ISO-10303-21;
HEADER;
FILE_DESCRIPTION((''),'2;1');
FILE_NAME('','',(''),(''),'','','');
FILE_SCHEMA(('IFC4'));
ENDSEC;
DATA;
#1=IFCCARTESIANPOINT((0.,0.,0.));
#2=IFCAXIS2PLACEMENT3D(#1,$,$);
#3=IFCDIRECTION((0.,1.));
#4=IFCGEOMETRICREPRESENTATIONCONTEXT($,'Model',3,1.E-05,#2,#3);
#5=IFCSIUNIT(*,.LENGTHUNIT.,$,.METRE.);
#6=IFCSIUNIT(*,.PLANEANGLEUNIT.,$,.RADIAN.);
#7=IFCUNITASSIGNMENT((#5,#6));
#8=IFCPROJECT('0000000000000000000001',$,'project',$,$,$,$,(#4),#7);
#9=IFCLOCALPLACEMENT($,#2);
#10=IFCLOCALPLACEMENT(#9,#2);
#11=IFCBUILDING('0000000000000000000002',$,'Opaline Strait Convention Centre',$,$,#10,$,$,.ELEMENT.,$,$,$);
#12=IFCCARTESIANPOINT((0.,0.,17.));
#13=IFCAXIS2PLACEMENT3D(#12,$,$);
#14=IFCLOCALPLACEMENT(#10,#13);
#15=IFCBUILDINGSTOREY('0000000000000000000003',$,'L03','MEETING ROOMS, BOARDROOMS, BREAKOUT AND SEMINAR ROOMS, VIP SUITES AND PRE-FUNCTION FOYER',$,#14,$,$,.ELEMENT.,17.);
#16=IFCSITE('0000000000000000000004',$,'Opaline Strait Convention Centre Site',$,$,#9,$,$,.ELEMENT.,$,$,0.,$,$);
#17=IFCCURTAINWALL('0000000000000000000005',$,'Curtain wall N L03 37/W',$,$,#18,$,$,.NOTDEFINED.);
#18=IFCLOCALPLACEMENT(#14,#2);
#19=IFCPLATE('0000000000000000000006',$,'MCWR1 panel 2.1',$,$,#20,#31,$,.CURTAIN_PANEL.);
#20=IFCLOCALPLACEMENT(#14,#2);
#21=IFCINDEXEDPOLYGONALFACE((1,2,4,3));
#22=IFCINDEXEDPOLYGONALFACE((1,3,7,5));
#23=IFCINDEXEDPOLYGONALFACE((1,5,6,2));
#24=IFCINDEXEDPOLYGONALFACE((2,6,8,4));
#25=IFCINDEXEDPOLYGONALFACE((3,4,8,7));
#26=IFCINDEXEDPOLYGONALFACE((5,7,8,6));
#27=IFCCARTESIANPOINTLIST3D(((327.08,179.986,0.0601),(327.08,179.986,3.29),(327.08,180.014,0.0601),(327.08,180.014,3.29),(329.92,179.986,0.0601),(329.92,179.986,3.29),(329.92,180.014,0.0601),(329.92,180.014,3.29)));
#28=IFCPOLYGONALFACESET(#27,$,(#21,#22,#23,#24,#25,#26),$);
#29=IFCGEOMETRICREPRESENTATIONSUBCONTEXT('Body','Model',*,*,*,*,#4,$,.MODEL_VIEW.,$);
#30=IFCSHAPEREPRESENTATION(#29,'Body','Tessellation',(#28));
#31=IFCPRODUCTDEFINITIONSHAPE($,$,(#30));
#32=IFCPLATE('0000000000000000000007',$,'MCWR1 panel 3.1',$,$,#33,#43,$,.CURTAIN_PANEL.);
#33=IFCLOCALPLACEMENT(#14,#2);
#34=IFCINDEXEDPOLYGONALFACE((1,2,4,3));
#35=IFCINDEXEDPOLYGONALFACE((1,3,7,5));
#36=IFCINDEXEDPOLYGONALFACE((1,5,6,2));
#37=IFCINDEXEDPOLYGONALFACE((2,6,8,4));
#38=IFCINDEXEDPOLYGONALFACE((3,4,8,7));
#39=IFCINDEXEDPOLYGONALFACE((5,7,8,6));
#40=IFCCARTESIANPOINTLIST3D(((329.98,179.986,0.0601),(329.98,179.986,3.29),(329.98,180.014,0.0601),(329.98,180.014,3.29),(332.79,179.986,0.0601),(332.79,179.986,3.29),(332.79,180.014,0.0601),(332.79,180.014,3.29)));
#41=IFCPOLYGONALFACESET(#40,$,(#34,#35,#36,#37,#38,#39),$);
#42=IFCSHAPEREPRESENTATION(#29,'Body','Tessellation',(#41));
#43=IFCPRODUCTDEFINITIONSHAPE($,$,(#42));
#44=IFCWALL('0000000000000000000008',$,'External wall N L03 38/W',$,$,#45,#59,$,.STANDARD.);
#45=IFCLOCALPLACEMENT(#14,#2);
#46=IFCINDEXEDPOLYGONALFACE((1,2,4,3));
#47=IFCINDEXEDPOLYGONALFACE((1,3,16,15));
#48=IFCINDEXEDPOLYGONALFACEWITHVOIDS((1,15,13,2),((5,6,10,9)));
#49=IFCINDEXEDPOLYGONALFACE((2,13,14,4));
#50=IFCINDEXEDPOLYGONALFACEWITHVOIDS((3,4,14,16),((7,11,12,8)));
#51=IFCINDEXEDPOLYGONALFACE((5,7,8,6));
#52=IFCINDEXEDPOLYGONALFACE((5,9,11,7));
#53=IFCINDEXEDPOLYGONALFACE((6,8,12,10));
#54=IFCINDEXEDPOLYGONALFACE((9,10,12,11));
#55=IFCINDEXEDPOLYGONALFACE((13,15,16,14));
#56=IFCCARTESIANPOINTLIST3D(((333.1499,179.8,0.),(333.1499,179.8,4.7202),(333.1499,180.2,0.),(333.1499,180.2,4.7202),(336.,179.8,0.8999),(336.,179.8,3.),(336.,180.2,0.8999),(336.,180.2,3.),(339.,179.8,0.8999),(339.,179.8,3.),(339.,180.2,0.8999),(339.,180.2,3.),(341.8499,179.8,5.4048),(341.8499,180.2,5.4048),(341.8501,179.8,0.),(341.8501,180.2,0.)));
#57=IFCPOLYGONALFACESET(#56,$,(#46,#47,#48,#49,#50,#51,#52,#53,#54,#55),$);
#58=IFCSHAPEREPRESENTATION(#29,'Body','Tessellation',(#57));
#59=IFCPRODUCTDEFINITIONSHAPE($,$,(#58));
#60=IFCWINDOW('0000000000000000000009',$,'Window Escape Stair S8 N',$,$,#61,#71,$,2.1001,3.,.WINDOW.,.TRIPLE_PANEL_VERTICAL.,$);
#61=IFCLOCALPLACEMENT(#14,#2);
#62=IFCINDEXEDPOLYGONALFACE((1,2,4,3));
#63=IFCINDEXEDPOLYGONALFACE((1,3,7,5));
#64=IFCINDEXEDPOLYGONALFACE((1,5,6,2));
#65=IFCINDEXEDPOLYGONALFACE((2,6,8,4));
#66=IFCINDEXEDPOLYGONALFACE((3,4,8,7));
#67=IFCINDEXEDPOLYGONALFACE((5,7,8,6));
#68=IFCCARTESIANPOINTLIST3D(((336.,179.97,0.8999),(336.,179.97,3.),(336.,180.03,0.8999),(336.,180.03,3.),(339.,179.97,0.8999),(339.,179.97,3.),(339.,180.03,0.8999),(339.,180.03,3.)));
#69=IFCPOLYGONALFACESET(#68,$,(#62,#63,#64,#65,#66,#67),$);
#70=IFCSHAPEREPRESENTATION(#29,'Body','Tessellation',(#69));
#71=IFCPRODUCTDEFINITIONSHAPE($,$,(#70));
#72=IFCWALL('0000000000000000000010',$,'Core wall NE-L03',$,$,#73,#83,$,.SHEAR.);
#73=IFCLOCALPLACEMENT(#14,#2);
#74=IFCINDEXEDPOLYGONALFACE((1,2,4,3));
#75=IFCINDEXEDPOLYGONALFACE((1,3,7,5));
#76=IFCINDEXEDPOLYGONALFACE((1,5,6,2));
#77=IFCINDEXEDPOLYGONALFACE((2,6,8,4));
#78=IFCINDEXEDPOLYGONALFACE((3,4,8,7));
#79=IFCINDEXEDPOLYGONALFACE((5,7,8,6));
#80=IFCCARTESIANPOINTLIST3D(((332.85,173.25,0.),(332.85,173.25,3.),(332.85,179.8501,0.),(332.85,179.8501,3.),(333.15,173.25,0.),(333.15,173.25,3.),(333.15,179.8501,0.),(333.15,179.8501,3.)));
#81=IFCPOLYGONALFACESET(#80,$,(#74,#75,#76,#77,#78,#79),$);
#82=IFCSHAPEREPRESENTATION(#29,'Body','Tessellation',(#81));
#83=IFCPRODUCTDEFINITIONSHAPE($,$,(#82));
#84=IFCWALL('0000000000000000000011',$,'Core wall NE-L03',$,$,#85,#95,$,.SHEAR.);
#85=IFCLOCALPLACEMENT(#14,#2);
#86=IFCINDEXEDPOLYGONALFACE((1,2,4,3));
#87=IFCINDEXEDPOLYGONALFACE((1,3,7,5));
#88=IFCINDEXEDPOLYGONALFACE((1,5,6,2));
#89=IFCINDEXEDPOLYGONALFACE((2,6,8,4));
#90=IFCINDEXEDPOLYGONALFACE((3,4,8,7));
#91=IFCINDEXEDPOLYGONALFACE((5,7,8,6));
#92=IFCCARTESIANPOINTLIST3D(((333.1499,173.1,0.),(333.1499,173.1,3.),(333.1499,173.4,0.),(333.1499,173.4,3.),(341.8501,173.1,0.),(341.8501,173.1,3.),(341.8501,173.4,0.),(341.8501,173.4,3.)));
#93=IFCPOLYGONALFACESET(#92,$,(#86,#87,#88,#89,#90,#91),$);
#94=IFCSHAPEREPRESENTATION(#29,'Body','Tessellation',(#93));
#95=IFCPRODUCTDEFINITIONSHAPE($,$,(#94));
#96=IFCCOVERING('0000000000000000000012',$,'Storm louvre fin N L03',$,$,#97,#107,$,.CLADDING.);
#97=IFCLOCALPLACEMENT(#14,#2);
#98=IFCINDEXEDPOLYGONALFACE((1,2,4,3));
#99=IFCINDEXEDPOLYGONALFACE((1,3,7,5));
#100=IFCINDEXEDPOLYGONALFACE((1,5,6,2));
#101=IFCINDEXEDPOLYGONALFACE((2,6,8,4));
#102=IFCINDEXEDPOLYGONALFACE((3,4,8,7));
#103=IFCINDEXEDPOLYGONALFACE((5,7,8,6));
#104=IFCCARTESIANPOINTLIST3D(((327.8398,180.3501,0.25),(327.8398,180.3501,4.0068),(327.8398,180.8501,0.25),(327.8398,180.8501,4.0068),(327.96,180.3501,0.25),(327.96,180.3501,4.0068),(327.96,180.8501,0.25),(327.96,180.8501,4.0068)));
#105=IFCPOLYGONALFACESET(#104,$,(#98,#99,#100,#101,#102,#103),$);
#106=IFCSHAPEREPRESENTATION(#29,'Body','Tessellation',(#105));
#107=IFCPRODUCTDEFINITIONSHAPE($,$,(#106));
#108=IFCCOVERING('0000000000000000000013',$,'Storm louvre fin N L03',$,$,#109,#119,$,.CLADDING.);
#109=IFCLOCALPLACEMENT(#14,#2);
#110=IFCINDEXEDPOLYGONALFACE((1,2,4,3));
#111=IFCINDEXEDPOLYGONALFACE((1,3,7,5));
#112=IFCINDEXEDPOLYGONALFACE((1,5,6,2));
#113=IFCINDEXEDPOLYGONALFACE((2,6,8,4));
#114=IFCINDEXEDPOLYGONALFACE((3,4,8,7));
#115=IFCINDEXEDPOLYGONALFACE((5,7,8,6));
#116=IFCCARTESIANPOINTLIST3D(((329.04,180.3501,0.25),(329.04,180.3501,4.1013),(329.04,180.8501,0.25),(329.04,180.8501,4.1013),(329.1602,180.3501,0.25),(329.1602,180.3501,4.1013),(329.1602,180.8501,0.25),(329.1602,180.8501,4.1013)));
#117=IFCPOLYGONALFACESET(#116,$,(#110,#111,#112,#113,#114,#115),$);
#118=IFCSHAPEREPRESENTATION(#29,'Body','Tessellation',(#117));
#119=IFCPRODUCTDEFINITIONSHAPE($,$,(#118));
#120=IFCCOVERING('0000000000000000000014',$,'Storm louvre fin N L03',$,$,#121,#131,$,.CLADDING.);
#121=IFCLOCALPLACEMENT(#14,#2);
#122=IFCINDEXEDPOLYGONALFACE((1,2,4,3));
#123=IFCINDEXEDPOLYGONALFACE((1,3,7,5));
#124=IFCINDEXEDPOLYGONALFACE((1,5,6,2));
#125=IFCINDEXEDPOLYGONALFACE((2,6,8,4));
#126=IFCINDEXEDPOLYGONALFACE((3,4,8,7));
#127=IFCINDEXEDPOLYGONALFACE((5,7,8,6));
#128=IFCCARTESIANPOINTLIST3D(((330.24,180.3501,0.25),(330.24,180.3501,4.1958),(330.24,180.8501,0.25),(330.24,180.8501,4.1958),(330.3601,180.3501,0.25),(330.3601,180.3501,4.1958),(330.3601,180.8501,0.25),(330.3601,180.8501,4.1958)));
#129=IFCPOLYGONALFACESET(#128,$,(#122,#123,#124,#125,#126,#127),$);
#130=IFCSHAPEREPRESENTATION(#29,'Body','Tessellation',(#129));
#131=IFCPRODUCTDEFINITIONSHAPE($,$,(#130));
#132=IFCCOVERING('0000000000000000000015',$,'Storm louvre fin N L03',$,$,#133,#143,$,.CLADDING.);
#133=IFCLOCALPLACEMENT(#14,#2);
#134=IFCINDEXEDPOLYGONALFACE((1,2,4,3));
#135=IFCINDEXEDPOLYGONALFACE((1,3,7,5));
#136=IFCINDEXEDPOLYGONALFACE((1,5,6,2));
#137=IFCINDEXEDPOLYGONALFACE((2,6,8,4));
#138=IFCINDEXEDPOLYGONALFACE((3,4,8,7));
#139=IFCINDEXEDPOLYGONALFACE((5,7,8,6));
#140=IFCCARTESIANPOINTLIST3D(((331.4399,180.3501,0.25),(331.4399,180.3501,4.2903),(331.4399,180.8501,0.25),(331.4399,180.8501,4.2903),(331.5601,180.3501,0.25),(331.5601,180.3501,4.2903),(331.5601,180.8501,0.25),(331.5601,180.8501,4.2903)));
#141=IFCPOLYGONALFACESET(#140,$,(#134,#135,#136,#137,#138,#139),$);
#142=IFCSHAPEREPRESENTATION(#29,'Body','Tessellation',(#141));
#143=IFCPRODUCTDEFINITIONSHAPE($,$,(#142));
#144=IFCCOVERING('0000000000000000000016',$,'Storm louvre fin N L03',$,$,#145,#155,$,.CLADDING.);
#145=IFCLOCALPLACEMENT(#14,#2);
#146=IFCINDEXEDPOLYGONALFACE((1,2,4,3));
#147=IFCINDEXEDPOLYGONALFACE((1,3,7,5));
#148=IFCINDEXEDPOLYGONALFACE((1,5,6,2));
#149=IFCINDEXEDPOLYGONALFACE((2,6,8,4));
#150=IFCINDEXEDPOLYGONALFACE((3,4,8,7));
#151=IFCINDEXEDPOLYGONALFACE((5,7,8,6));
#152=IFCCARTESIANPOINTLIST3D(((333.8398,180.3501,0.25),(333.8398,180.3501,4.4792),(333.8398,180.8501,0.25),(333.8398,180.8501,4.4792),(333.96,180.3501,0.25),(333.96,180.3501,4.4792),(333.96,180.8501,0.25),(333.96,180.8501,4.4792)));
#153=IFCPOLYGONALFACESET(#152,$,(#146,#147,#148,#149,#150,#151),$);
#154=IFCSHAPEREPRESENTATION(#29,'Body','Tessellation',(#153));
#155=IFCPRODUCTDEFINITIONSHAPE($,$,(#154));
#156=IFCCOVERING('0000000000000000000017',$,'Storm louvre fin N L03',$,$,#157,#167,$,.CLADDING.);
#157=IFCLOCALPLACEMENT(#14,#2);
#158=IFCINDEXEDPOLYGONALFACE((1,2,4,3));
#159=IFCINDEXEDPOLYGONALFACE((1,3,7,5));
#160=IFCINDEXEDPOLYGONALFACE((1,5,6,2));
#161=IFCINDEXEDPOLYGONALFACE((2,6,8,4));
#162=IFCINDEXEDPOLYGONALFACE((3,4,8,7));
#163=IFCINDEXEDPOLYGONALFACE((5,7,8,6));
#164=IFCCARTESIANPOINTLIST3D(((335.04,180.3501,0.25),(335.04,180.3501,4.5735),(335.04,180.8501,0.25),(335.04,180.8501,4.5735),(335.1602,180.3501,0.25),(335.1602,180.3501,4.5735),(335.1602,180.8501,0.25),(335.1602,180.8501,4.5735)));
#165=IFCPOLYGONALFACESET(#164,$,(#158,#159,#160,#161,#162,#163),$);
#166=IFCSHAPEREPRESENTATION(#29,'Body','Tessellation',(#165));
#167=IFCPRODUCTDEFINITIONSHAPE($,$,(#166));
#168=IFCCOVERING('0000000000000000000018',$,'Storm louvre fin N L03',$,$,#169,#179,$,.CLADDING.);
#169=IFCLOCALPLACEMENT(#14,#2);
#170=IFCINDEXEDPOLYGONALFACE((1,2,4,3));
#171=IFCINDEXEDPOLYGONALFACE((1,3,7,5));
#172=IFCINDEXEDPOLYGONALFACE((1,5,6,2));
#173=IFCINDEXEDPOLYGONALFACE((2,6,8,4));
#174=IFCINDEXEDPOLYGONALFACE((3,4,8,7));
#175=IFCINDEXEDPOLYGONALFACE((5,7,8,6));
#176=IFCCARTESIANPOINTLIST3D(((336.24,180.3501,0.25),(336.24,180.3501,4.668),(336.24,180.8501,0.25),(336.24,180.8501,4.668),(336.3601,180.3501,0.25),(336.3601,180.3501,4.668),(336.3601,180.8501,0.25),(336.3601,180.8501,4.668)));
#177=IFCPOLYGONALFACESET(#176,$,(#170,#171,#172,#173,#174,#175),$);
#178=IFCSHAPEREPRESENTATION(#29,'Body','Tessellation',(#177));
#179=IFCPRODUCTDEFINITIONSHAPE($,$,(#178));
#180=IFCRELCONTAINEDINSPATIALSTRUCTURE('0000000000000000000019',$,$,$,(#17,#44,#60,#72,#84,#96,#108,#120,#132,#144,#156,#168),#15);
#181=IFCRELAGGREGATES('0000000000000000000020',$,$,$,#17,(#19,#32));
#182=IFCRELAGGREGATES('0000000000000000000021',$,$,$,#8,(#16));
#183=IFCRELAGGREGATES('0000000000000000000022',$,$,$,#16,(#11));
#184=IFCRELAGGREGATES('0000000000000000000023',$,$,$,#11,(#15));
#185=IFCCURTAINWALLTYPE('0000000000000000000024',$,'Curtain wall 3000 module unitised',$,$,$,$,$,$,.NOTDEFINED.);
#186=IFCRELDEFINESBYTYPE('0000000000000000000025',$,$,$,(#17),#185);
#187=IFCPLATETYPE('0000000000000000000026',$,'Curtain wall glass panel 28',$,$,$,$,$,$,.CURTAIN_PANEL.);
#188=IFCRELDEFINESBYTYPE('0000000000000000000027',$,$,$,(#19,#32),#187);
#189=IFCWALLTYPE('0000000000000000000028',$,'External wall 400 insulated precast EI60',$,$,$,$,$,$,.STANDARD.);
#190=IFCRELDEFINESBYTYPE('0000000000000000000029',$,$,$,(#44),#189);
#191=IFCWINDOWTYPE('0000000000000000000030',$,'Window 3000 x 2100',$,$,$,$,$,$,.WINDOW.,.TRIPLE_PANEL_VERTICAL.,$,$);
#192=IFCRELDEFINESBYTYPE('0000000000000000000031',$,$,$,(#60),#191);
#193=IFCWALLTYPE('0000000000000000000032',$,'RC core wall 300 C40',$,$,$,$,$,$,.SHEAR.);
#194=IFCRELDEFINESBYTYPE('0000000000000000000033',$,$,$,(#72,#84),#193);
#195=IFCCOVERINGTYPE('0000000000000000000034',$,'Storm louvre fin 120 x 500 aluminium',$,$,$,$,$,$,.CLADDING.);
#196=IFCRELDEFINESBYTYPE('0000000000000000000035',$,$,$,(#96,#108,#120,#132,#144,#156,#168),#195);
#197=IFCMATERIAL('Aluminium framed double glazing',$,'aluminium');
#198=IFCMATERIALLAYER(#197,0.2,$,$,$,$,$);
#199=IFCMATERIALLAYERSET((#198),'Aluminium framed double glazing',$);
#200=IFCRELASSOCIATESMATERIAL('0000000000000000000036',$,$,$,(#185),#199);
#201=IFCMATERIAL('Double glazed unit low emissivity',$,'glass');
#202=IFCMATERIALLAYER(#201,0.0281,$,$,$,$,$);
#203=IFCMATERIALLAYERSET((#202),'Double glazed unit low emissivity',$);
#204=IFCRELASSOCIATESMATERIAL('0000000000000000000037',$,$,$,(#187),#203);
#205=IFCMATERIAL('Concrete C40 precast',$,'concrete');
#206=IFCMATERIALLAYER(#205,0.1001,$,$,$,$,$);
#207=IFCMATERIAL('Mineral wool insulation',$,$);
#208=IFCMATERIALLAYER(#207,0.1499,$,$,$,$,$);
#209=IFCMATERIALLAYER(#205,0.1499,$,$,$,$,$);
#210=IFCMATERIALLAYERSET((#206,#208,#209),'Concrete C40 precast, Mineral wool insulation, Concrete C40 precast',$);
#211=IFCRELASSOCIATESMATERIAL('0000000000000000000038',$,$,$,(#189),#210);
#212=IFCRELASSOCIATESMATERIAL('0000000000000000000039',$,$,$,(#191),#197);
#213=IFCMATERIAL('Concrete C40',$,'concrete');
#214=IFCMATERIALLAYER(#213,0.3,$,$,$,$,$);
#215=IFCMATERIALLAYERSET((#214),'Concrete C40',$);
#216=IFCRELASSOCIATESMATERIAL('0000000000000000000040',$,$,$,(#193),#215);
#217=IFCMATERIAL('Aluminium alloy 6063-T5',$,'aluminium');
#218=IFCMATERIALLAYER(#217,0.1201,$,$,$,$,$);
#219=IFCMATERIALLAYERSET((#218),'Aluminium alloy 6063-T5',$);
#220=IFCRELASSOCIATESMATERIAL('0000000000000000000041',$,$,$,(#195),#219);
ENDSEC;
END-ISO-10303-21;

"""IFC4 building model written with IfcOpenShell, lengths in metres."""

from ifc_helpers import new_model, si_unit, direction, frame, frame_2d, origin, origin_2d, place, context, subcontext, project, spatial, polyline, rectangle, outline, extrude, material, layer, layer_set, type_object, element, fill, aggregate, save


model = new_model("IFC4")

# Units and contexts
model_context = context("Model", 3, precision=1e-05, world=origin(), true_north=direction((0.0, 1.0)))
body_context = subcontext(model_context, "Body", "Model", "MODEL_VIEW")
ifc_project = project(units=[si_unit("LENGTHUNIT", "METRE"), si_unit("PLANEANGLEUNIT", "RADIAN")], contexts=[model_context])

# Site, building, storey
site_placement = place(None, origin())
site = spatial("IfcSite", under=ifc_project, at=site_placement, Name="Opaline Strait Convention Centre Site", CompositionType="ELEMENT", RefElevation=0.0)
building_placement = place(site_placement, origin())
building = spatial("IfcBuilding", under=site, at=building_placement, Name="Opaline Strait Convention Centre", CompositionType="ELEMENT")
storey_placement = place(building_placement, frame((0.0, 0.0, 17.0)))
storey = spatial("IfcBuildingStorey", under=building, at=storey_placement, Name="L03", Description="MEETING ROOMS, BOARDROOMS, BREAKOUT AND SEMINAR ROOMS, VIP SUITES AND PRE-FUNCTION FOYER", CompositionType="ELEMENT", Elevation=17.0)

# Curtain wall
ifc_material_1 = material(Name="Aluminium framed double glazing", Category="aluminium")
ifc_layer_1 = layer(ifc_material_1, 0.2)
ifc_layer_set_1 = layer_set([ifc_layer_1], Name="Aluminium framed double glazing")
curtain_wall_type = type_object("IfcCurtainWallType", Name="Curtain wall 3000 module unitised", PredefinedType="NOTDEFINED", material=ifc_layer_set_1)
curtain_wall_placement = place(storey_placement, origin())
curtain_wall = element("IfcCurtainWall", 1, at=curtain_wall_placement, inside=storey, type_object=curtain_wall_type, Name="Curtain wall N L03 37/W", PredefinedType="NOTDEFINED")

# Plates
ifc_material_2 = material(Name="Double glazed unit low emissivity", Category="glass")
ifc_layer_2 = layer(ifc_material_2, 0.0281)
ifc_layer_set_2 = layer_set([ifc_layer_2], Name="Double glazed unit low emissivity")
plate_type = type_object("IfcPlateType", Name="Curtain wall glass panel 28", PredefinedType="CURTAIN_PANEL", material=ifc_layer_set_2)
plate_1_placement = place(storey_placement, frame((328.5, 180.0, 0.0601), z_axis=(0.0, 0.0, 1.0), x_axis=(1.0, 0.0, 0.0)))
plate_1 = element("IfcPlate", 2, at=plate_1_placement, type_object=plate_type, Name="MCWR1 panel 2.1", PredefinedType="CURTAIN_PANEL", context=body_context, shape_type="SweptSolid", body=[
    extrude(rectangle(XDim=2.8401, YDim=0.0281, at=origin_2d()), origin(), (0.0, 0.0, 1.0), 3.23),
])
plate_2_placement = place(storey_placement, frame((331.385, 180.0, 0.0601), z_axis=(0.0, 0.0, 1.0), x_axis=(1.0, 0.0, 0.0)))
plate_2 = element("IfcPlate", 3, at=plate_2_placement, type_object=plate_type, Name="MCWR1 panel 3.1", PredefinedType="CURTAIN_PANEL", context=body_context, shape_type="SweptSolid", body=[
    extrude(rectangle(XDim=2.8101, YDim=0.0281, at=origin_2d()), origin(), (0.0, 0.0, 1.0), 3.23),
])
aggregate(curtain_wall, [plate_1, plate_2])

# Wall, opening, window
ifc_material_3 = material(Name="Concrete C40 precast", Category="concrete")
ifc_layer_3 = layer(ifc_material_3, 0.1001)
ifc_material_4 = material(Name="Mineral wool insulation")
ifc_layer_4 = layer(ifc_material_4, 0.1499)
ifc_layer_5 = layer(ifc_material_3, 0.1499)
ifc_layer_set_3 = layer_set([ifc_layer_3, ifc_layer_4, ifc_layer_5], Name="Concrete C40 precast, Mineral wool insulation, Concrete C40 precast")
wall_type_1 = type_object("IfcWallType", Name="External wall 400 insulated precast EI60", PredefinedType="STANDARD", material=ifc_layer_set_3)
wall_1_placement = place(storey_placement, frame((333.1499, 180.0, 0.0), z_axis=(0.0, 0.0, 1.0), x_axis=(1.0, 0.0, 0.0)))
wall_1 = element("IfcWall", 4, at=wall_1_placement, inside=storey, type_object=wall_type_1, Name="External wall N L03 38/W", PredefinedType="STANDARD", context=body_context, shape_type="SweptSolid", body=[
    extrude(outline(polyline([(0.0, 0.0), (8.7002, 0.0), (8.7, 5.4048), (0.0, 4.7202), (0.0, 0.0)])), frame((0.0, 0.2, 0.0), z_axis=(0.0, -1.0, 0.0), x_axis=(1.0, 0.0, 0.0)), (0.0, 0.0, 1.0), 0.3999),
])
opening_placement = place(wall_1_placement, frame((2.8501, 0.0, 0.8999)))
opening = element("IfcOpeningElement", 5, at=opening_placement, cuts=wall_1, PredefinedType="OPENING", context=body_context, shape_type="SweptSolid", body=[
    extrude(rectangle(XDim=3.0, YDim=2.1001, at=frame_2d((1.5, 1.05))), frame((0.0, 0.21, 0.0), z_axis=(0.0, -1.0, 0.0), x_axis=(1.0, 0.0, 0.0)), (0.0, 0.0, 1.0), 0.4199),
])
window_type = type_object("IfcWindowType", Name="Window 3000 x 2100", PartitioningType="TRIPLE_PANEL_VERTICAL", PredefinedType="WINDOW", material=ifc_material_1)
window_placement = place(opening_placement, origin())
window = element("IfcWindow", 6, at=window_placement, inside=storey, type_object=window_type, Name="Window Escape Stair S8 N", OverallHeight=2.1001, OverallWidth=3.0, PartitioningType="TRIPLE_PANEL_VERTICAL", PredefinedType="WINDOW", context=body_context, shape_type="SweptSolid", body=[
    extrude(rectangle(XDim=3.0, YDim=2.1001, at=frame_2d((1.5, 1.05))), frame((0.0, 0.03, 0.0), z_axis=(0.0, -1.0, 0.0), x_axis=(1.0, 0.0, 0.0)), (0.0, 0.0, 1.0), 0.0601),
])
fill(opening, window)

# Walls
ifc_material_5 = material(Name="Concrete C40", Category="concrete")
ifc_layer_6 = layer(ifc_material_5, 0.3)
ifc_layer_set_4 = layer_set([ifc_layer_6], Name="Concrete C40")
wall_type_2 = type_object("IfcWallType", Name="RC core wall 300 C40", PredefinedType="SHEAR", material=ifc_layer_set_4)
wall_2_placement = place(storey_placement, frame((333.0, 173.25, 0.0), z_axis=(0.0, 0.0, 1.0), x_axis=(0.0, 1.0, 0.0)))
element("IfcWall", 7, at=wall_2_placement, inside=storey, type_object=wall_type_2, Name="Core wall NE-L03", PredefinedType="SHEAR", context=body_context, shape_type="SweptSolid", body=[
    extrude(rectangle(XDim=6.6001, YDim=0.3, at=frame_2d((3.3, 0.0))), origin(), (0.0, 0.0, 1.0), 3.0),
])
wall_3_placement = place(storey_placement, frame((333.1499, 173.25, 0.0), z_axis=(0.0, 0.0, 1.0), x_axis=(1.0, 0.0, 0.0)))
element("IfcWall", 8, at=wall_3_placement, inside=storey, type_object=wall_type_2, Name="Core wall NE-L03", PredefinedType="SHEAR", context=body_context, shape_type="SweptSolid", body=[
    extrude(rectangle(XDim=8.7002, YDim=0.3, at=frame_2d((4.3501, 0.0))), origin(), (0.0, 0.0, 1.0), 3.0),
])

# Coverings
ifc_material_6 = material(Name="Aluminium alloy 6063-T5", Category="aluminium")
ifc_layer_7 = layer(ifc_material_6, 0.1201)
ifc_layer_set_5 = layer_set([ifc_layer_7], Name="Aluminium alloy 6063-T5")
covering_type = type_object("IfcCoveringType", Name="Storm louvre fin 120 x 500 aluminium", PredefinedType="CLADDING", material=ifc_layer_set_5)
covering_1_placement = place(storey_placement, frame((327.8999, 180.6001, 0.25), z_axis=(0.0, 0.0, 1.0), x_axis=(1.0, 0.0, 0.0)))
element("IfcCovering", 9, at=covering_1_placement, inside=storey, type_object=covering_type, Name="Storm louvre fin N L03", PredefinedType="CLADDING", context=body_context, shape_type="SweptSolid", body=[
    extrude(rectangle(XDim=0.1201, YDim=0.5, at=origin_2d()), origin(), (0.0, 0.0, 1.0), 3.7568),
])
covering_2_placement = place(storey_placement, frame((329.1001, 180.6001, 0.25), z_axis=(0.0, 0.0, 1.0), x_axis=(1.0, 0.0, 0.0)))
element("IfcCovering", 10, at=covering_2_placement, inside=storey, type_object=covering_type, Name="Storm louvre fin N L03", PredefinedType="CLADDING", context=body_context, shape_type="SweptSolid", body=[
    extrude(rectangle(XDim=0.1201, YDim=0.5, at=origin_2d()), origin(), (0.0, 0.0, 1.0), 3.8513),
])
covering_3_placement = place(storey_placement, frame((330.3, 180.6001, 0.25), z_axis=(0.0, 0.0, 1.0), x_axis=(1.0, 0.0, 0.0)))
element("IfcCovering", 11, at=covering_3_placement, inside=storey, type_object=covering_type, Name="Storm louvre fin N L03", PredefinedType="CLADDING", context=body_context, shape_type="SweptSolid", body=[
    extrude(rectangle(XDim=0.1201, YDim=0.5, at=origin_2d()), origin(), (0.0, 0.0, 1.0), 3.9458),
])
covering_4_placement = place(storey_placement, frame((331.5, 180.6001, 0.25), z_axis=(0.0, 0.0, 1.0), x_axis=(1.0, 0.0, 0.0)))
element("IfcCovering", 12, at=covering_4_placement, inside=storey, type_object=covering_type, Name="Storm louvre fin N L03", PredefinedType="CLADDING", context=body_context, shape_type="SweptSolid", body=[
    extrude(rectangle(XDim=0.1201, YDim=0.5, at=origin_2d()), origin(), (0.0, 0.0, 1.0), 4.0403),
])
covering_5_placement = place(storey_placement, frame((333.8999, 180.6001, 0.25), z_axis=(0.0, 0.0, 1.0), x_axis=(1.0, 0.0, 0.0)))
element("IfcCovering", 13, at=covering_5_placement, inside=storey, type_object=covering_type, Name="Storm louvre fin N L03", PredefinedType="CLADDING", context=body_context, shape_type="SweptSolid", body=[
    extrude(rectangle(XDim=0.1201, YDim=0.5, at=origin_2d()), origin(), (0.0, 0.0, 1.0), 4.2292),
])
covering_6_placement = place(storey_placement, frame((335.1001, 180.6001, 0.25), z_axis=(0.0, 0.0, 1.0), x_axis=(1.0, 0.0, 0.0)))
element("IfcCovering", 14, at=covering_6_placement, inside=storey, type_object=covering_type, Name="Storm louvre fin N L03", PredefinedType="CLADDING", context=body_context, shape_type="SweptSolid", body=[
    extrude(rectangle(XDim=0.1201, YDim=0.5, at=origin_2d()), origin(), (0.0, 0.0, 1.0), 4.3235),
])
covering_7_placement = place(storey_placement, frame((336.3, 180.6001, 0.25), z_axis=(0.0, 0.0, 1.0), x_axis=(1.0, 0.0, 0.0)))
element("IfcCovering", 15, at=covering_7_placement, inside=storey, type_object=covering_type, Name="Storm louvre fin N L03", PredefinedType="CLADDING", context=body_context, shape_type="SweptSolid", body=[
    extrude(rectangle(XDim=0.1201, YDim=0.5, at=origin_2d()), origin(), (0.0, 0.0, 1.0), 4.418),
])

save(model, "model.ifc")
